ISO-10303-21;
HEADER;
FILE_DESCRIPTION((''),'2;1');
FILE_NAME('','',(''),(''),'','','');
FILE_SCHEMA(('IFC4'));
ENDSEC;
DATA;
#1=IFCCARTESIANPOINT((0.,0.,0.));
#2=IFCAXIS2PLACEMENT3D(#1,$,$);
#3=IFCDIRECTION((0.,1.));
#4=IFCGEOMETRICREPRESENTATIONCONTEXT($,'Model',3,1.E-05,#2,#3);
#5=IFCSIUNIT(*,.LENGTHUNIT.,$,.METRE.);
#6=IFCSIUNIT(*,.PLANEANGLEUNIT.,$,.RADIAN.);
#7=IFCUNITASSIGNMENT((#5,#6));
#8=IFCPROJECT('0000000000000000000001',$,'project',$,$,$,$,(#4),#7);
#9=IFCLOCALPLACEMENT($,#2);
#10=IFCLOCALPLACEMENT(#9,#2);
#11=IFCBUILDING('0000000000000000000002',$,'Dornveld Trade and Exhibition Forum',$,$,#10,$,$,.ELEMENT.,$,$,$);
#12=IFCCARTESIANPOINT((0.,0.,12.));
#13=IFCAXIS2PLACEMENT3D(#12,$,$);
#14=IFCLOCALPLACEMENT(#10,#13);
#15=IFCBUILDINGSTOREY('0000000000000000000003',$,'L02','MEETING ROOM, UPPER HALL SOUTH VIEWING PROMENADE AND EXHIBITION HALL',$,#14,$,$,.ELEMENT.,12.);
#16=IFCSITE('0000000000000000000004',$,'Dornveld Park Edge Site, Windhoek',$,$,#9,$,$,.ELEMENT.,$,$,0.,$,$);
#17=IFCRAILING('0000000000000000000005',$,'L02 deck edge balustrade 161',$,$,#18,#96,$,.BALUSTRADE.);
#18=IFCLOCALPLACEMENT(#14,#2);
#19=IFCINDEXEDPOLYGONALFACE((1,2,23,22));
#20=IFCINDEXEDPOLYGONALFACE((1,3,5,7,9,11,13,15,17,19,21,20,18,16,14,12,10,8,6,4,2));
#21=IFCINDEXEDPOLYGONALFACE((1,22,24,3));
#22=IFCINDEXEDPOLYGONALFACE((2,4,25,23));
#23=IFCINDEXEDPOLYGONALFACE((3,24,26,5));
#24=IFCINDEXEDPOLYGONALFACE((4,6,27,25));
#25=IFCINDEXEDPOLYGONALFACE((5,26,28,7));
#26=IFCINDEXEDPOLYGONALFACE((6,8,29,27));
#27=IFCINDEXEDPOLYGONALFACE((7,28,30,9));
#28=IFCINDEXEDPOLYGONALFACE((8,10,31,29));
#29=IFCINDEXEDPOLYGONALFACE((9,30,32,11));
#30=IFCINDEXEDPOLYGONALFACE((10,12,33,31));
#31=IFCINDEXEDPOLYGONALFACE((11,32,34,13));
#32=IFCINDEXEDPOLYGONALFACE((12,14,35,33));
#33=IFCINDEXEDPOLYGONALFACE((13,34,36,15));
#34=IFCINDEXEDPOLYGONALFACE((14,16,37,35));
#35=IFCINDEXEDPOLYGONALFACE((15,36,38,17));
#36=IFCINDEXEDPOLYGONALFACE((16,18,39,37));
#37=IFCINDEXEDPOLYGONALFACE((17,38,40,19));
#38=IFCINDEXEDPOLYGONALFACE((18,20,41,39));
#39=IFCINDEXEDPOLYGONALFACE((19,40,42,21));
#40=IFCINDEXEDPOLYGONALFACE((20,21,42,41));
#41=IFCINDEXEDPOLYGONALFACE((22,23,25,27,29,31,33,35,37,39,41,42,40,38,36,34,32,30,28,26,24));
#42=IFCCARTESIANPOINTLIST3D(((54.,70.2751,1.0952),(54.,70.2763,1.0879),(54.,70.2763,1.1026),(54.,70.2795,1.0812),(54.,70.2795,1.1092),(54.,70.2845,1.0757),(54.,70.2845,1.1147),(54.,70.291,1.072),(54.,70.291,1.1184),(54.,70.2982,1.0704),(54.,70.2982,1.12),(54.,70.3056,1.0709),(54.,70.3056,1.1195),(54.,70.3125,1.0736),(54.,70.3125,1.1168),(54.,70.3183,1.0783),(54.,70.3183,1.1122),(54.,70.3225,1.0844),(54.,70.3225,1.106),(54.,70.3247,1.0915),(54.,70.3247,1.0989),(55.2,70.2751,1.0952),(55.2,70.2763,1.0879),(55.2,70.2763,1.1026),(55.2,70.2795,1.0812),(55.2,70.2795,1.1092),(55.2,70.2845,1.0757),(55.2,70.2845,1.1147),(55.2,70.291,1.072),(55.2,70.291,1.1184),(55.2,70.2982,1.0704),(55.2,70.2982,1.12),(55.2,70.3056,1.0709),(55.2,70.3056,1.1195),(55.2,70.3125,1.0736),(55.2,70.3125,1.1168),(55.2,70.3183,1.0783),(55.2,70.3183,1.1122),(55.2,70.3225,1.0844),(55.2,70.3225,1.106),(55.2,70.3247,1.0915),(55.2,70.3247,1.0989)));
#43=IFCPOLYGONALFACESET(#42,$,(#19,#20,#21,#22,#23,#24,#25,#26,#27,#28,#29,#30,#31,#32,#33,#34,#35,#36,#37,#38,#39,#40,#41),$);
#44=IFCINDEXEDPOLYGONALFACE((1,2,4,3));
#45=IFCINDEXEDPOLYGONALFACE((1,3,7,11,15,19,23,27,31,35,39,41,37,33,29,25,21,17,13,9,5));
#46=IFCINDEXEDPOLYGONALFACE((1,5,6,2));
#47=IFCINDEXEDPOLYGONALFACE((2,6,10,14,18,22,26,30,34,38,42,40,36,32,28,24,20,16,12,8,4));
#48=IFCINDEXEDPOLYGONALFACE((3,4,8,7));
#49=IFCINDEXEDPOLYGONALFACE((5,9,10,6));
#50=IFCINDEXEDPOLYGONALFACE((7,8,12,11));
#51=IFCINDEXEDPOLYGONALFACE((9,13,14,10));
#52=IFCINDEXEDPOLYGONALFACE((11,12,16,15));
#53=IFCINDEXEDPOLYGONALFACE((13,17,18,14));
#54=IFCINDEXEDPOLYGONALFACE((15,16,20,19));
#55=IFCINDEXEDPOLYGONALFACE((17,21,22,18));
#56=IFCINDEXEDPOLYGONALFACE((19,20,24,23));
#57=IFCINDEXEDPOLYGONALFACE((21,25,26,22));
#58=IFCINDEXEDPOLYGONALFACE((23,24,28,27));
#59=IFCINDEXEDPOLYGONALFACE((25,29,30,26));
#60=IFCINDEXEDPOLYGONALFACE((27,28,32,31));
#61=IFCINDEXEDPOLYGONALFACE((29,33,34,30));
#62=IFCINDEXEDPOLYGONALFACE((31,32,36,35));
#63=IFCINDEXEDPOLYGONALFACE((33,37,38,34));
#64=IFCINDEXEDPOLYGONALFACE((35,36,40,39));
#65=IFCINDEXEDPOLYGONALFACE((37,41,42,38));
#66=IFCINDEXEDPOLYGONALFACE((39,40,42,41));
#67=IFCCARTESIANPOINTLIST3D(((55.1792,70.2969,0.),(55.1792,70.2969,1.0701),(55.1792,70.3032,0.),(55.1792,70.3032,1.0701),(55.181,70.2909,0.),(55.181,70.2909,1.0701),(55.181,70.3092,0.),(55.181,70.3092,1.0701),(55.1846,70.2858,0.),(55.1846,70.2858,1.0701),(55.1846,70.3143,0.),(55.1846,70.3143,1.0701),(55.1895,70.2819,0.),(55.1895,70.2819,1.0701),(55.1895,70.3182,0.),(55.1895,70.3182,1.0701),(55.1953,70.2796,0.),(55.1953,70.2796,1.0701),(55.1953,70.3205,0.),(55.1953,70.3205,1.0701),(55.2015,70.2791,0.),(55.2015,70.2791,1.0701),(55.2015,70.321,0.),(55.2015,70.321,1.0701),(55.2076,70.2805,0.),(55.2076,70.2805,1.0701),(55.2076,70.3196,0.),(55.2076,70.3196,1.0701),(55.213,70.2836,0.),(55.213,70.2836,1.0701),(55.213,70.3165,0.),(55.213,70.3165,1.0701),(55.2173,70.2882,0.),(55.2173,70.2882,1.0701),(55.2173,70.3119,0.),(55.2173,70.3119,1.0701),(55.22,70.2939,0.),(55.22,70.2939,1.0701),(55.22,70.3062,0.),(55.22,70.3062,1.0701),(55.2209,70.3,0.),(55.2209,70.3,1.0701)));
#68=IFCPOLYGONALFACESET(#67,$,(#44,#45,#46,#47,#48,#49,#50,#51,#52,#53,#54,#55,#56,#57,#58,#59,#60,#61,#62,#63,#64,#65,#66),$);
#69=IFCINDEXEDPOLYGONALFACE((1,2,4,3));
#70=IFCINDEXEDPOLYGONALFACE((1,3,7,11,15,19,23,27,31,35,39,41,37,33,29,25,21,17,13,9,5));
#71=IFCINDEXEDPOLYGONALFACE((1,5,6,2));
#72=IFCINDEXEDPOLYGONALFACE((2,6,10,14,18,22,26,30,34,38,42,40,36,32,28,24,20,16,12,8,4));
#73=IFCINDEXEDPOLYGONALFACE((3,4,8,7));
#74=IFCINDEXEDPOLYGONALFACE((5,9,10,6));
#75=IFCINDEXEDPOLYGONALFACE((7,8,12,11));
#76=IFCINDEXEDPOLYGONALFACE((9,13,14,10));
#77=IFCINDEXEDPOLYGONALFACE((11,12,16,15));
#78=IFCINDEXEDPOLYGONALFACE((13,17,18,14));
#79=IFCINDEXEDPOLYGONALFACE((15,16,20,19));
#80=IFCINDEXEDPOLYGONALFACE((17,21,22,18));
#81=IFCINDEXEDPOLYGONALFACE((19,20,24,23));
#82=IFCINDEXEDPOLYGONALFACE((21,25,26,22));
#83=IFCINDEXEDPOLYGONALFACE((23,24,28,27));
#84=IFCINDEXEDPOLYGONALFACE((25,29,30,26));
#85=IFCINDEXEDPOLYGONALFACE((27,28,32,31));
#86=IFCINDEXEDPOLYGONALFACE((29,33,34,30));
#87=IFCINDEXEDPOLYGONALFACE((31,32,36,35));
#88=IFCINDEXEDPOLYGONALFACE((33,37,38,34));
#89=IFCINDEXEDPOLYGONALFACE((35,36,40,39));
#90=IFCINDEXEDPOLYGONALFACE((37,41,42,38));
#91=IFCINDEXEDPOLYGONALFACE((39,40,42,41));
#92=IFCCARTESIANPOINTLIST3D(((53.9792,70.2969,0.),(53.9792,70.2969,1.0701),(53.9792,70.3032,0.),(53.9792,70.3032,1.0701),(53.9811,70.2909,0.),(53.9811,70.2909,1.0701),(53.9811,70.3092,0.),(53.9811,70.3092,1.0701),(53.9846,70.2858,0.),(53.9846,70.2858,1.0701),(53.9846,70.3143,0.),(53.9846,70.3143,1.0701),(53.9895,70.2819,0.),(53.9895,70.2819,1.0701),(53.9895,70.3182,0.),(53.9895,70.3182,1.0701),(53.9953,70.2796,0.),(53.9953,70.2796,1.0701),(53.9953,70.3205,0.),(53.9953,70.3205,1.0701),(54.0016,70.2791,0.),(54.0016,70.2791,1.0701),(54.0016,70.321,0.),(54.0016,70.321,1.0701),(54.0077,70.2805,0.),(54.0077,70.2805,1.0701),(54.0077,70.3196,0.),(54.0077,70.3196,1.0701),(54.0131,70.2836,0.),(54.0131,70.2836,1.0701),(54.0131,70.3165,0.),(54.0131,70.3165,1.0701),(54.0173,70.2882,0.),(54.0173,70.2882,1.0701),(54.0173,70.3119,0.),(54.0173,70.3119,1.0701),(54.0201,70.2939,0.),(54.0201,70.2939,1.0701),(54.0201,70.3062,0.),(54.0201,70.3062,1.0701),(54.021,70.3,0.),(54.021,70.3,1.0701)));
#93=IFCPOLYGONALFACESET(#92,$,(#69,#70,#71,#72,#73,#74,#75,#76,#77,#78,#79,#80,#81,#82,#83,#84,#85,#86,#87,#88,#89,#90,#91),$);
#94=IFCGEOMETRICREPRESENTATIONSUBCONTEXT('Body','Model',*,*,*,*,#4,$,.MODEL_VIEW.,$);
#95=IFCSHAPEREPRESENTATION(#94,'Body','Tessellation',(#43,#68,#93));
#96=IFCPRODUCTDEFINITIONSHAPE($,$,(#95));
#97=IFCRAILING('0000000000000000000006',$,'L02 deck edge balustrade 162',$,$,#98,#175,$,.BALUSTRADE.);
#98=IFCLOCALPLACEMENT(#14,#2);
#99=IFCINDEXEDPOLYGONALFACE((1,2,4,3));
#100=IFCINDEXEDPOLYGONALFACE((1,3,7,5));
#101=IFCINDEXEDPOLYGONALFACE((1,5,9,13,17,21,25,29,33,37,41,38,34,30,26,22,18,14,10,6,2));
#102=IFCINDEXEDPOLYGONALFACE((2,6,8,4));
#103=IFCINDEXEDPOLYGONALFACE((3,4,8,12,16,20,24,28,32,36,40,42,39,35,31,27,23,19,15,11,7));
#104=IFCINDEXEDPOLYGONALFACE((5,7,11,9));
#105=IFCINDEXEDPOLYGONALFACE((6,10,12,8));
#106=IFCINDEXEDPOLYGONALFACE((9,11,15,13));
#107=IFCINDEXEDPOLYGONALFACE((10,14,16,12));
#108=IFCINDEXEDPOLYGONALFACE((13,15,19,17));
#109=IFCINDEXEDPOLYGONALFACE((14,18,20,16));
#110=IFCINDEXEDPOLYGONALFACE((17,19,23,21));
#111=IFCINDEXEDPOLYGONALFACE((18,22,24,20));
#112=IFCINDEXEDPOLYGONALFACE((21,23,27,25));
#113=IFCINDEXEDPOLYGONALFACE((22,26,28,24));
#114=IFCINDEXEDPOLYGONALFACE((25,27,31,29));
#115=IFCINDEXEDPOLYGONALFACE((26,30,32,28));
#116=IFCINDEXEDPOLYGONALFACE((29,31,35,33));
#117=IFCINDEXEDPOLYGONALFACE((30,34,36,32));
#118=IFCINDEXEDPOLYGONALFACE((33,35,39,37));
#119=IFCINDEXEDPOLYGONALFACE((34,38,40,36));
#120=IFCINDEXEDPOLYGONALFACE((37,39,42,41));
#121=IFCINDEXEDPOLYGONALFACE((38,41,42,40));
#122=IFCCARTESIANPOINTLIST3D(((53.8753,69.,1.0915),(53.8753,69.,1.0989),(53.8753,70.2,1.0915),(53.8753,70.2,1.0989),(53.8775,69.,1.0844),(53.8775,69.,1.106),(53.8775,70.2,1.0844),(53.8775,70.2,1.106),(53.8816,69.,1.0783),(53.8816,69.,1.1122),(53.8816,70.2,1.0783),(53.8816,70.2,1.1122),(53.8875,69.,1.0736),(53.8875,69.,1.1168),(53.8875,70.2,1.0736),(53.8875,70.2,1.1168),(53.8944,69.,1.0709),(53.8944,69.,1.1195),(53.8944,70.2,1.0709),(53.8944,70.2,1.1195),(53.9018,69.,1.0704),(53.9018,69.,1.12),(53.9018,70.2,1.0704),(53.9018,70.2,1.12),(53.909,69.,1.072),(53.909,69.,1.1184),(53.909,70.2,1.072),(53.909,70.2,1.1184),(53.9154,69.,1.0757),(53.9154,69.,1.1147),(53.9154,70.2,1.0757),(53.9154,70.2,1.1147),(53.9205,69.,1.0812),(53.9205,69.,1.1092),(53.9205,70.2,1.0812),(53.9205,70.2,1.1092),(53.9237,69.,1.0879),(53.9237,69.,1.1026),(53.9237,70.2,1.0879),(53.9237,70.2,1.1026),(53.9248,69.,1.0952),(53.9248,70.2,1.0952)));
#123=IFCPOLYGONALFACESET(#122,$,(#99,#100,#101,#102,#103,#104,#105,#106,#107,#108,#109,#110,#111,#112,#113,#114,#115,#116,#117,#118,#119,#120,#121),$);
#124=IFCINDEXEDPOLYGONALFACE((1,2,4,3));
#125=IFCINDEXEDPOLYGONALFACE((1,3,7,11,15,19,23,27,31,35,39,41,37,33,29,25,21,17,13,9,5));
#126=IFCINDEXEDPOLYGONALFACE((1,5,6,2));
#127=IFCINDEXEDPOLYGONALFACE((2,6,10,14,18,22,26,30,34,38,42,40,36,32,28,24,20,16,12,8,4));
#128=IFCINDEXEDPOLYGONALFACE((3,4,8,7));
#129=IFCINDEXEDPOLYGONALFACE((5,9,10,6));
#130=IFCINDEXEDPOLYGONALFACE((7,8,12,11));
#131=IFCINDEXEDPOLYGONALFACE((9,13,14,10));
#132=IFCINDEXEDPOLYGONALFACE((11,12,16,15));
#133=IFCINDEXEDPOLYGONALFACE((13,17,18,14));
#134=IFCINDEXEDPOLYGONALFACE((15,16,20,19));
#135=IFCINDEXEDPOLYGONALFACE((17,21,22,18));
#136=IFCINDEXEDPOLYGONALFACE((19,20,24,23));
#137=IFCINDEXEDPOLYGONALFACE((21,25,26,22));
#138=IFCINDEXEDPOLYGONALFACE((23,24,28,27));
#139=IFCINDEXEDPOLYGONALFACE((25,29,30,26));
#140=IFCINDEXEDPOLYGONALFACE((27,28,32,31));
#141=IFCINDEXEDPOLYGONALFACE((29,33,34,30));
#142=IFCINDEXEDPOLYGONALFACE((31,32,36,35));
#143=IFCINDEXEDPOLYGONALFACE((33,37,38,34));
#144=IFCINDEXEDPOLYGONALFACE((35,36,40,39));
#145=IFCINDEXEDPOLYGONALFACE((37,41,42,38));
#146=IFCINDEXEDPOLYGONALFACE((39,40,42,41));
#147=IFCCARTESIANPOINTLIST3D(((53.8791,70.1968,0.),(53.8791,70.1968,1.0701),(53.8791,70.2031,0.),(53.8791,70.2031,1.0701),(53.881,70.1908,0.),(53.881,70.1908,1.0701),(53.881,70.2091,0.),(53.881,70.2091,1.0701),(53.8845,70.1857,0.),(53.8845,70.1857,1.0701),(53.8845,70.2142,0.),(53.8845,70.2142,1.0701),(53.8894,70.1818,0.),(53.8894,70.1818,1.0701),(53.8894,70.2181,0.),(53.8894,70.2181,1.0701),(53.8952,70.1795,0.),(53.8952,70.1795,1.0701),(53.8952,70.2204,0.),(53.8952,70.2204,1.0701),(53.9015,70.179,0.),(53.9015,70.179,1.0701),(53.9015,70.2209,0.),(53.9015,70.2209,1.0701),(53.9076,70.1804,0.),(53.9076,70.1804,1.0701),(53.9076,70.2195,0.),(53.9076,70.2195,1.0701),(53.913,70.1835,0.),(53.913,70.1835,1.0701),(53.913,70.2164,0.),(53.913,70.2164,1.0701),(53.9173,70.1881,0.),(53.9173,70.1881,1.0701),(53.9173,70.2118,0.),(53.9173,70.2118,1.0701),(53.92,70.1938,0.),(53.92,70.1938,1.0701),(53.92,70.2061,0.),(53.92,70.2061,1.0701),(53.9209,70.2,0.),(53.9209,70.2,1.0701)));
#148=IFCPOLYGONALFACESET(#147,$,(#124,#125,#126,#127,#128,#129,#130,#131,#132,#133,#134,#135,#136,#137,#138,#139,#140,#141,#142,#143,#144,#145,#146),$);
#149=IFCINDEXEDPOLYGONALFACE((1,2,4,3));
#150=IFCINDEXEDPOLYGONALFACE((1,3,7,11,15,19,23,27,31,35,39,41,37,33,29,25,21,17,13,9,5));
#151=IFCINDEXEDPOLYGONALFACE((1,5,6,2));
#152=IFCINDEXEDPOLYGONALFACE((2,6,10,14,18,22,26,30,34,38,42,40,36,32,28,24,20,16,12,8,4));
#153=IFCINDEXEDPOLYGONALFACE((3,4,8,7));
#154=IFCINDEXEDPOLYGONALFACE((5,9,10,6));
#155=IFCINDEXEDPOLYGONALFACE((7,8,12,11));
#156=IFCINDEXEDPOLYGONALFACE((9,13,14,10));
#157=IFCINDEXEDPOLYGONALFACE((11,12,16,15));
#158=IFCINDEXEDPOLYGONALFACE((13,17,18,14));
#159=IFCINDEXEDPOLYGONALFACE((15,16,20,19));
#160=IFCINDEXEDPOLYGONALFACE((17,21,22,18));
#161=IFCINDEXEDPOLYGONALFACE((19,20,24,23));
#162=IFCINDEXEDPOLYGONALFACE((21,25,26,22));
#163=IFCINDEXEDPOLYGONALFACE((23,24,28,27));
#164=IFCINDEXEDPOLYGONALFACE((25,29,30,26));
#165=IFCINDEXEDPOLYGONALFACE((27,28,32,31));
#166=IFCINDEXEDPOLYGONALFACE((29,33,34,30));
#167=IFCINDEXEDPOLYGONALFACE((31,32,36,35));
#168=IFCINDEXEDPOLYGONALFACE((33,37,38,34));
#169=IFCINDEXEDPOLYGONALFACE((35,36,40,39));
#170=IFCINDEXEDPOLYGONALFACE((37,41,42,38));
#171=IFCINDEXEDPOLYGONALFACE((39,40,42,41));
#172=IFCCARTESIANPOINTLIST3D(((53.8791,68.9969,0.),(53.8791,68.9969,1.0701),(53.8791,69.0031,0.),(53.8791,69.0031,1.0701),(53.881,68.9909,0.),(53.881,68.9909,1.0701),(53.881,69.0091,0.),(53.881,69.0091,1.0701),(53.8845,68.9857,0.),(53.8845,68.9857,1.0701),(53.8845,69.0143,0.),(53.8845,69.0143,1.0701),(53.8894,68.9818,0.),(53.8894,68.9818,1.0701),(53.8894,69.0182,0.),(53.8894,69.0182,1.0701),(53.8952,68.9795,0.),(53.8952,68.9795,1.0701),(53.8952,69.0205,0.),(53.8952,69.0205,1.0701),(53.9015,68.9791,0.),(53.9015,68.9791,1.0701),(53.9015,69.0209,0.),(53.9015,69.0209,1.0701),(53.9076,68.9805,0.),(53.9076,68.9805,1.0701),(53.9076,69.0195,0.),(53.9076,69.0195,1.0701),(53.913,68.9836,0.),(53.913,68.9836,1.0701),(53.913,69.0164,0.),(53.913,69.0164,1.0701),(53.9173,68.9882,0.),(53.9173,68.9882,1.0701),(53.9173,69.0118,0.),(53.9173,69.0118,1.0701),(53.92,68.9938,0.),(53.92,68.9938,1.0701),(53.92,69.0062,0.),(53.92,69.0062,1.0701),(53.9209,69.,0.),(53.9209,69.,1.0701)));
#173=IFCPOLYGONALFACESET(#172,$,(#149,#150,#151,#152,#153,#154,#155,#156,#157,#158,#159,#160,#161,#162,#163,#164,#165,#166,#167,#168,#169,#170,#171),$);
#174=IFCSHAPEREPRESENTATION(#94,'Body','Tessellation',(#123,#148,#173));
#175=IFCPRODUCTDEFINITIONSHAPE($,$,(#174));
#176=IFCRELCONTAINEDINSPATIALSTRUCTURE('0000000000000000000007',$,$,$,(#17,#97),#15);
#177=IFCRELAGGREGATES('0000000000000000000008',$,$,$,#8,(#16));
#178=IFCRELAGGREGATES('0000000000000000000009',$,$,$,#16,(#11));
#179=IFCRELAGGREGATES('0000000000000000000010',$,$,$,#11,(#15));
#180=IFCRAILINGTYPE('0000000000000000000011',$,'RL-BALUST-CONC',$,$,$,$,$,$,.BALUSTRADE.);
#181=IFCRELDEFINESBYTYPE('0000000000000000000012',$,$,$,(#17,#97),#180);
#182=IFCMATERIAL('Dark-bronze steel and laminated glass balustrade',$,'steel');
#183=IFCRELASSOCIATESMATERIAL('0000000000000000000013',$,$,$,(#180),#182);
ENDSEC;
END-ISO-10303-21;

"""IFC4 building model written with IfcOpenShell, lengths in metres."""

from ifc_helpers import new_model, si_unit, direction, frame, origin, origin_2d, place, context, subcontext, project, spatial, circle, extrude, material, type_object, element, save


model = new_model("IFC4")

# Units and contexts
model_context = context("Model", 3, precision=1e-05, world=origin(), true_north=direction((0.0, 1.0)))
body_context = subcontext(model_context, "Body", "Model", "MODEL_VIEW")
ifc_project = project(units=[si_unit("LENGTHUNIT", "METRE"), si_unit("PLANEANGLEUNIT", "RADIAN")], contexts=[model_context])

# Site, building, storey
site_placement = place(None, origin())
site = spatial("IfcSite", under=ifc_project, at=site_placement, Name="Dornveld Park Edge Site, Windhoek", CompositionType="ELEMENT", RefElevation=0.0)
building_placement = place(site_placement, origin())
building = spatial("IfcBuilding", under=site, at=building_placement, Name="Dornveld Trade and Exhibition Forum", CompositionType="ELEMENT")
storey_placement = place(building_placement, frame((0.0, 0.0, 12.0)))
storey = spatial("IfcBuildingStorey", under=building, at=storey_placement, Name="L02", Description="MEETING ROOM, UPPER HALL SOUTH VIEWING PROMENADE AND EXHIBITION HALL", CompositionType="ELEMENT", Elevation=12.0)

# Railings
ifc_material_1 = material(Name="Dark-bronze steel and laminated glass balustrade", Category="steel")
railing_type = type_object("IfcRailingType", Name="RL-BALUST-CONC", PredefinedType="BALUSTRADE", material=ifc_material_1)
railing_1_placement = place(storey_placement, frame((55.2, 70.3, 0.0)))
element("IfcRailing", 1, at=railing_1_placement, inside=storey, type_object=railing_type, Name="L02 deck edge balustrade 161", PredefinedType="BALUSTRADE", context=body_context, shape_type="SweptSolid", body=[
    extrude(circle(Radius=0.0249, at=origin_2d()), frame((0.0, 0.0, 1.0952), z_axis=(-1.0, 0.0, 0.0), x_axis=(0.0, -1.0, 0.0)), (0.0, 0.0, 1.0), 1.2),
    extrude(circle(Radius=0.021, at=origin_2d()), origin(), (0.0, 0.0, 1.0), 1.0701),
    extrude(circle(Radius=0.021, at=origin_2d()), frame((-1.2, 0.0, 0.0)), (0.0, 0.0, 1.0), 1.0701),
])
railing_2_placement = place(storey_placement, frame((53.8999, 70.2, 0.0)))
element("IfcRailing", 2, at=railing_2_placement, inside=storey, type_object=railing_type, Name="L02 deck edge balustrade 162", PredefinedType="BALUSTRADE", context=body_context, shape_type="SweptSolid", body=[
    extrude(circle(Radius=0.0249, at=origin_2d()), frame((0.0, 0.0, 1.0952), z_axis=(0.0, -1.0, 0.0), x_axis=(1.0, 0.0, 0.0)), (0.0, 0.0, 1.0), 1.2),
    extrude(circle(Radius=0.021, at=origin_2d()), origin(), (0.0, 0.0, 1.0), 1.0701),
    extrude(circle(Radius=0.021, at=origin_2d()), frame((0.0, -1.2, 0.0)), (0.0, 0.0, 1.0), 1.0701),
])

save(model, "model.ifc")
